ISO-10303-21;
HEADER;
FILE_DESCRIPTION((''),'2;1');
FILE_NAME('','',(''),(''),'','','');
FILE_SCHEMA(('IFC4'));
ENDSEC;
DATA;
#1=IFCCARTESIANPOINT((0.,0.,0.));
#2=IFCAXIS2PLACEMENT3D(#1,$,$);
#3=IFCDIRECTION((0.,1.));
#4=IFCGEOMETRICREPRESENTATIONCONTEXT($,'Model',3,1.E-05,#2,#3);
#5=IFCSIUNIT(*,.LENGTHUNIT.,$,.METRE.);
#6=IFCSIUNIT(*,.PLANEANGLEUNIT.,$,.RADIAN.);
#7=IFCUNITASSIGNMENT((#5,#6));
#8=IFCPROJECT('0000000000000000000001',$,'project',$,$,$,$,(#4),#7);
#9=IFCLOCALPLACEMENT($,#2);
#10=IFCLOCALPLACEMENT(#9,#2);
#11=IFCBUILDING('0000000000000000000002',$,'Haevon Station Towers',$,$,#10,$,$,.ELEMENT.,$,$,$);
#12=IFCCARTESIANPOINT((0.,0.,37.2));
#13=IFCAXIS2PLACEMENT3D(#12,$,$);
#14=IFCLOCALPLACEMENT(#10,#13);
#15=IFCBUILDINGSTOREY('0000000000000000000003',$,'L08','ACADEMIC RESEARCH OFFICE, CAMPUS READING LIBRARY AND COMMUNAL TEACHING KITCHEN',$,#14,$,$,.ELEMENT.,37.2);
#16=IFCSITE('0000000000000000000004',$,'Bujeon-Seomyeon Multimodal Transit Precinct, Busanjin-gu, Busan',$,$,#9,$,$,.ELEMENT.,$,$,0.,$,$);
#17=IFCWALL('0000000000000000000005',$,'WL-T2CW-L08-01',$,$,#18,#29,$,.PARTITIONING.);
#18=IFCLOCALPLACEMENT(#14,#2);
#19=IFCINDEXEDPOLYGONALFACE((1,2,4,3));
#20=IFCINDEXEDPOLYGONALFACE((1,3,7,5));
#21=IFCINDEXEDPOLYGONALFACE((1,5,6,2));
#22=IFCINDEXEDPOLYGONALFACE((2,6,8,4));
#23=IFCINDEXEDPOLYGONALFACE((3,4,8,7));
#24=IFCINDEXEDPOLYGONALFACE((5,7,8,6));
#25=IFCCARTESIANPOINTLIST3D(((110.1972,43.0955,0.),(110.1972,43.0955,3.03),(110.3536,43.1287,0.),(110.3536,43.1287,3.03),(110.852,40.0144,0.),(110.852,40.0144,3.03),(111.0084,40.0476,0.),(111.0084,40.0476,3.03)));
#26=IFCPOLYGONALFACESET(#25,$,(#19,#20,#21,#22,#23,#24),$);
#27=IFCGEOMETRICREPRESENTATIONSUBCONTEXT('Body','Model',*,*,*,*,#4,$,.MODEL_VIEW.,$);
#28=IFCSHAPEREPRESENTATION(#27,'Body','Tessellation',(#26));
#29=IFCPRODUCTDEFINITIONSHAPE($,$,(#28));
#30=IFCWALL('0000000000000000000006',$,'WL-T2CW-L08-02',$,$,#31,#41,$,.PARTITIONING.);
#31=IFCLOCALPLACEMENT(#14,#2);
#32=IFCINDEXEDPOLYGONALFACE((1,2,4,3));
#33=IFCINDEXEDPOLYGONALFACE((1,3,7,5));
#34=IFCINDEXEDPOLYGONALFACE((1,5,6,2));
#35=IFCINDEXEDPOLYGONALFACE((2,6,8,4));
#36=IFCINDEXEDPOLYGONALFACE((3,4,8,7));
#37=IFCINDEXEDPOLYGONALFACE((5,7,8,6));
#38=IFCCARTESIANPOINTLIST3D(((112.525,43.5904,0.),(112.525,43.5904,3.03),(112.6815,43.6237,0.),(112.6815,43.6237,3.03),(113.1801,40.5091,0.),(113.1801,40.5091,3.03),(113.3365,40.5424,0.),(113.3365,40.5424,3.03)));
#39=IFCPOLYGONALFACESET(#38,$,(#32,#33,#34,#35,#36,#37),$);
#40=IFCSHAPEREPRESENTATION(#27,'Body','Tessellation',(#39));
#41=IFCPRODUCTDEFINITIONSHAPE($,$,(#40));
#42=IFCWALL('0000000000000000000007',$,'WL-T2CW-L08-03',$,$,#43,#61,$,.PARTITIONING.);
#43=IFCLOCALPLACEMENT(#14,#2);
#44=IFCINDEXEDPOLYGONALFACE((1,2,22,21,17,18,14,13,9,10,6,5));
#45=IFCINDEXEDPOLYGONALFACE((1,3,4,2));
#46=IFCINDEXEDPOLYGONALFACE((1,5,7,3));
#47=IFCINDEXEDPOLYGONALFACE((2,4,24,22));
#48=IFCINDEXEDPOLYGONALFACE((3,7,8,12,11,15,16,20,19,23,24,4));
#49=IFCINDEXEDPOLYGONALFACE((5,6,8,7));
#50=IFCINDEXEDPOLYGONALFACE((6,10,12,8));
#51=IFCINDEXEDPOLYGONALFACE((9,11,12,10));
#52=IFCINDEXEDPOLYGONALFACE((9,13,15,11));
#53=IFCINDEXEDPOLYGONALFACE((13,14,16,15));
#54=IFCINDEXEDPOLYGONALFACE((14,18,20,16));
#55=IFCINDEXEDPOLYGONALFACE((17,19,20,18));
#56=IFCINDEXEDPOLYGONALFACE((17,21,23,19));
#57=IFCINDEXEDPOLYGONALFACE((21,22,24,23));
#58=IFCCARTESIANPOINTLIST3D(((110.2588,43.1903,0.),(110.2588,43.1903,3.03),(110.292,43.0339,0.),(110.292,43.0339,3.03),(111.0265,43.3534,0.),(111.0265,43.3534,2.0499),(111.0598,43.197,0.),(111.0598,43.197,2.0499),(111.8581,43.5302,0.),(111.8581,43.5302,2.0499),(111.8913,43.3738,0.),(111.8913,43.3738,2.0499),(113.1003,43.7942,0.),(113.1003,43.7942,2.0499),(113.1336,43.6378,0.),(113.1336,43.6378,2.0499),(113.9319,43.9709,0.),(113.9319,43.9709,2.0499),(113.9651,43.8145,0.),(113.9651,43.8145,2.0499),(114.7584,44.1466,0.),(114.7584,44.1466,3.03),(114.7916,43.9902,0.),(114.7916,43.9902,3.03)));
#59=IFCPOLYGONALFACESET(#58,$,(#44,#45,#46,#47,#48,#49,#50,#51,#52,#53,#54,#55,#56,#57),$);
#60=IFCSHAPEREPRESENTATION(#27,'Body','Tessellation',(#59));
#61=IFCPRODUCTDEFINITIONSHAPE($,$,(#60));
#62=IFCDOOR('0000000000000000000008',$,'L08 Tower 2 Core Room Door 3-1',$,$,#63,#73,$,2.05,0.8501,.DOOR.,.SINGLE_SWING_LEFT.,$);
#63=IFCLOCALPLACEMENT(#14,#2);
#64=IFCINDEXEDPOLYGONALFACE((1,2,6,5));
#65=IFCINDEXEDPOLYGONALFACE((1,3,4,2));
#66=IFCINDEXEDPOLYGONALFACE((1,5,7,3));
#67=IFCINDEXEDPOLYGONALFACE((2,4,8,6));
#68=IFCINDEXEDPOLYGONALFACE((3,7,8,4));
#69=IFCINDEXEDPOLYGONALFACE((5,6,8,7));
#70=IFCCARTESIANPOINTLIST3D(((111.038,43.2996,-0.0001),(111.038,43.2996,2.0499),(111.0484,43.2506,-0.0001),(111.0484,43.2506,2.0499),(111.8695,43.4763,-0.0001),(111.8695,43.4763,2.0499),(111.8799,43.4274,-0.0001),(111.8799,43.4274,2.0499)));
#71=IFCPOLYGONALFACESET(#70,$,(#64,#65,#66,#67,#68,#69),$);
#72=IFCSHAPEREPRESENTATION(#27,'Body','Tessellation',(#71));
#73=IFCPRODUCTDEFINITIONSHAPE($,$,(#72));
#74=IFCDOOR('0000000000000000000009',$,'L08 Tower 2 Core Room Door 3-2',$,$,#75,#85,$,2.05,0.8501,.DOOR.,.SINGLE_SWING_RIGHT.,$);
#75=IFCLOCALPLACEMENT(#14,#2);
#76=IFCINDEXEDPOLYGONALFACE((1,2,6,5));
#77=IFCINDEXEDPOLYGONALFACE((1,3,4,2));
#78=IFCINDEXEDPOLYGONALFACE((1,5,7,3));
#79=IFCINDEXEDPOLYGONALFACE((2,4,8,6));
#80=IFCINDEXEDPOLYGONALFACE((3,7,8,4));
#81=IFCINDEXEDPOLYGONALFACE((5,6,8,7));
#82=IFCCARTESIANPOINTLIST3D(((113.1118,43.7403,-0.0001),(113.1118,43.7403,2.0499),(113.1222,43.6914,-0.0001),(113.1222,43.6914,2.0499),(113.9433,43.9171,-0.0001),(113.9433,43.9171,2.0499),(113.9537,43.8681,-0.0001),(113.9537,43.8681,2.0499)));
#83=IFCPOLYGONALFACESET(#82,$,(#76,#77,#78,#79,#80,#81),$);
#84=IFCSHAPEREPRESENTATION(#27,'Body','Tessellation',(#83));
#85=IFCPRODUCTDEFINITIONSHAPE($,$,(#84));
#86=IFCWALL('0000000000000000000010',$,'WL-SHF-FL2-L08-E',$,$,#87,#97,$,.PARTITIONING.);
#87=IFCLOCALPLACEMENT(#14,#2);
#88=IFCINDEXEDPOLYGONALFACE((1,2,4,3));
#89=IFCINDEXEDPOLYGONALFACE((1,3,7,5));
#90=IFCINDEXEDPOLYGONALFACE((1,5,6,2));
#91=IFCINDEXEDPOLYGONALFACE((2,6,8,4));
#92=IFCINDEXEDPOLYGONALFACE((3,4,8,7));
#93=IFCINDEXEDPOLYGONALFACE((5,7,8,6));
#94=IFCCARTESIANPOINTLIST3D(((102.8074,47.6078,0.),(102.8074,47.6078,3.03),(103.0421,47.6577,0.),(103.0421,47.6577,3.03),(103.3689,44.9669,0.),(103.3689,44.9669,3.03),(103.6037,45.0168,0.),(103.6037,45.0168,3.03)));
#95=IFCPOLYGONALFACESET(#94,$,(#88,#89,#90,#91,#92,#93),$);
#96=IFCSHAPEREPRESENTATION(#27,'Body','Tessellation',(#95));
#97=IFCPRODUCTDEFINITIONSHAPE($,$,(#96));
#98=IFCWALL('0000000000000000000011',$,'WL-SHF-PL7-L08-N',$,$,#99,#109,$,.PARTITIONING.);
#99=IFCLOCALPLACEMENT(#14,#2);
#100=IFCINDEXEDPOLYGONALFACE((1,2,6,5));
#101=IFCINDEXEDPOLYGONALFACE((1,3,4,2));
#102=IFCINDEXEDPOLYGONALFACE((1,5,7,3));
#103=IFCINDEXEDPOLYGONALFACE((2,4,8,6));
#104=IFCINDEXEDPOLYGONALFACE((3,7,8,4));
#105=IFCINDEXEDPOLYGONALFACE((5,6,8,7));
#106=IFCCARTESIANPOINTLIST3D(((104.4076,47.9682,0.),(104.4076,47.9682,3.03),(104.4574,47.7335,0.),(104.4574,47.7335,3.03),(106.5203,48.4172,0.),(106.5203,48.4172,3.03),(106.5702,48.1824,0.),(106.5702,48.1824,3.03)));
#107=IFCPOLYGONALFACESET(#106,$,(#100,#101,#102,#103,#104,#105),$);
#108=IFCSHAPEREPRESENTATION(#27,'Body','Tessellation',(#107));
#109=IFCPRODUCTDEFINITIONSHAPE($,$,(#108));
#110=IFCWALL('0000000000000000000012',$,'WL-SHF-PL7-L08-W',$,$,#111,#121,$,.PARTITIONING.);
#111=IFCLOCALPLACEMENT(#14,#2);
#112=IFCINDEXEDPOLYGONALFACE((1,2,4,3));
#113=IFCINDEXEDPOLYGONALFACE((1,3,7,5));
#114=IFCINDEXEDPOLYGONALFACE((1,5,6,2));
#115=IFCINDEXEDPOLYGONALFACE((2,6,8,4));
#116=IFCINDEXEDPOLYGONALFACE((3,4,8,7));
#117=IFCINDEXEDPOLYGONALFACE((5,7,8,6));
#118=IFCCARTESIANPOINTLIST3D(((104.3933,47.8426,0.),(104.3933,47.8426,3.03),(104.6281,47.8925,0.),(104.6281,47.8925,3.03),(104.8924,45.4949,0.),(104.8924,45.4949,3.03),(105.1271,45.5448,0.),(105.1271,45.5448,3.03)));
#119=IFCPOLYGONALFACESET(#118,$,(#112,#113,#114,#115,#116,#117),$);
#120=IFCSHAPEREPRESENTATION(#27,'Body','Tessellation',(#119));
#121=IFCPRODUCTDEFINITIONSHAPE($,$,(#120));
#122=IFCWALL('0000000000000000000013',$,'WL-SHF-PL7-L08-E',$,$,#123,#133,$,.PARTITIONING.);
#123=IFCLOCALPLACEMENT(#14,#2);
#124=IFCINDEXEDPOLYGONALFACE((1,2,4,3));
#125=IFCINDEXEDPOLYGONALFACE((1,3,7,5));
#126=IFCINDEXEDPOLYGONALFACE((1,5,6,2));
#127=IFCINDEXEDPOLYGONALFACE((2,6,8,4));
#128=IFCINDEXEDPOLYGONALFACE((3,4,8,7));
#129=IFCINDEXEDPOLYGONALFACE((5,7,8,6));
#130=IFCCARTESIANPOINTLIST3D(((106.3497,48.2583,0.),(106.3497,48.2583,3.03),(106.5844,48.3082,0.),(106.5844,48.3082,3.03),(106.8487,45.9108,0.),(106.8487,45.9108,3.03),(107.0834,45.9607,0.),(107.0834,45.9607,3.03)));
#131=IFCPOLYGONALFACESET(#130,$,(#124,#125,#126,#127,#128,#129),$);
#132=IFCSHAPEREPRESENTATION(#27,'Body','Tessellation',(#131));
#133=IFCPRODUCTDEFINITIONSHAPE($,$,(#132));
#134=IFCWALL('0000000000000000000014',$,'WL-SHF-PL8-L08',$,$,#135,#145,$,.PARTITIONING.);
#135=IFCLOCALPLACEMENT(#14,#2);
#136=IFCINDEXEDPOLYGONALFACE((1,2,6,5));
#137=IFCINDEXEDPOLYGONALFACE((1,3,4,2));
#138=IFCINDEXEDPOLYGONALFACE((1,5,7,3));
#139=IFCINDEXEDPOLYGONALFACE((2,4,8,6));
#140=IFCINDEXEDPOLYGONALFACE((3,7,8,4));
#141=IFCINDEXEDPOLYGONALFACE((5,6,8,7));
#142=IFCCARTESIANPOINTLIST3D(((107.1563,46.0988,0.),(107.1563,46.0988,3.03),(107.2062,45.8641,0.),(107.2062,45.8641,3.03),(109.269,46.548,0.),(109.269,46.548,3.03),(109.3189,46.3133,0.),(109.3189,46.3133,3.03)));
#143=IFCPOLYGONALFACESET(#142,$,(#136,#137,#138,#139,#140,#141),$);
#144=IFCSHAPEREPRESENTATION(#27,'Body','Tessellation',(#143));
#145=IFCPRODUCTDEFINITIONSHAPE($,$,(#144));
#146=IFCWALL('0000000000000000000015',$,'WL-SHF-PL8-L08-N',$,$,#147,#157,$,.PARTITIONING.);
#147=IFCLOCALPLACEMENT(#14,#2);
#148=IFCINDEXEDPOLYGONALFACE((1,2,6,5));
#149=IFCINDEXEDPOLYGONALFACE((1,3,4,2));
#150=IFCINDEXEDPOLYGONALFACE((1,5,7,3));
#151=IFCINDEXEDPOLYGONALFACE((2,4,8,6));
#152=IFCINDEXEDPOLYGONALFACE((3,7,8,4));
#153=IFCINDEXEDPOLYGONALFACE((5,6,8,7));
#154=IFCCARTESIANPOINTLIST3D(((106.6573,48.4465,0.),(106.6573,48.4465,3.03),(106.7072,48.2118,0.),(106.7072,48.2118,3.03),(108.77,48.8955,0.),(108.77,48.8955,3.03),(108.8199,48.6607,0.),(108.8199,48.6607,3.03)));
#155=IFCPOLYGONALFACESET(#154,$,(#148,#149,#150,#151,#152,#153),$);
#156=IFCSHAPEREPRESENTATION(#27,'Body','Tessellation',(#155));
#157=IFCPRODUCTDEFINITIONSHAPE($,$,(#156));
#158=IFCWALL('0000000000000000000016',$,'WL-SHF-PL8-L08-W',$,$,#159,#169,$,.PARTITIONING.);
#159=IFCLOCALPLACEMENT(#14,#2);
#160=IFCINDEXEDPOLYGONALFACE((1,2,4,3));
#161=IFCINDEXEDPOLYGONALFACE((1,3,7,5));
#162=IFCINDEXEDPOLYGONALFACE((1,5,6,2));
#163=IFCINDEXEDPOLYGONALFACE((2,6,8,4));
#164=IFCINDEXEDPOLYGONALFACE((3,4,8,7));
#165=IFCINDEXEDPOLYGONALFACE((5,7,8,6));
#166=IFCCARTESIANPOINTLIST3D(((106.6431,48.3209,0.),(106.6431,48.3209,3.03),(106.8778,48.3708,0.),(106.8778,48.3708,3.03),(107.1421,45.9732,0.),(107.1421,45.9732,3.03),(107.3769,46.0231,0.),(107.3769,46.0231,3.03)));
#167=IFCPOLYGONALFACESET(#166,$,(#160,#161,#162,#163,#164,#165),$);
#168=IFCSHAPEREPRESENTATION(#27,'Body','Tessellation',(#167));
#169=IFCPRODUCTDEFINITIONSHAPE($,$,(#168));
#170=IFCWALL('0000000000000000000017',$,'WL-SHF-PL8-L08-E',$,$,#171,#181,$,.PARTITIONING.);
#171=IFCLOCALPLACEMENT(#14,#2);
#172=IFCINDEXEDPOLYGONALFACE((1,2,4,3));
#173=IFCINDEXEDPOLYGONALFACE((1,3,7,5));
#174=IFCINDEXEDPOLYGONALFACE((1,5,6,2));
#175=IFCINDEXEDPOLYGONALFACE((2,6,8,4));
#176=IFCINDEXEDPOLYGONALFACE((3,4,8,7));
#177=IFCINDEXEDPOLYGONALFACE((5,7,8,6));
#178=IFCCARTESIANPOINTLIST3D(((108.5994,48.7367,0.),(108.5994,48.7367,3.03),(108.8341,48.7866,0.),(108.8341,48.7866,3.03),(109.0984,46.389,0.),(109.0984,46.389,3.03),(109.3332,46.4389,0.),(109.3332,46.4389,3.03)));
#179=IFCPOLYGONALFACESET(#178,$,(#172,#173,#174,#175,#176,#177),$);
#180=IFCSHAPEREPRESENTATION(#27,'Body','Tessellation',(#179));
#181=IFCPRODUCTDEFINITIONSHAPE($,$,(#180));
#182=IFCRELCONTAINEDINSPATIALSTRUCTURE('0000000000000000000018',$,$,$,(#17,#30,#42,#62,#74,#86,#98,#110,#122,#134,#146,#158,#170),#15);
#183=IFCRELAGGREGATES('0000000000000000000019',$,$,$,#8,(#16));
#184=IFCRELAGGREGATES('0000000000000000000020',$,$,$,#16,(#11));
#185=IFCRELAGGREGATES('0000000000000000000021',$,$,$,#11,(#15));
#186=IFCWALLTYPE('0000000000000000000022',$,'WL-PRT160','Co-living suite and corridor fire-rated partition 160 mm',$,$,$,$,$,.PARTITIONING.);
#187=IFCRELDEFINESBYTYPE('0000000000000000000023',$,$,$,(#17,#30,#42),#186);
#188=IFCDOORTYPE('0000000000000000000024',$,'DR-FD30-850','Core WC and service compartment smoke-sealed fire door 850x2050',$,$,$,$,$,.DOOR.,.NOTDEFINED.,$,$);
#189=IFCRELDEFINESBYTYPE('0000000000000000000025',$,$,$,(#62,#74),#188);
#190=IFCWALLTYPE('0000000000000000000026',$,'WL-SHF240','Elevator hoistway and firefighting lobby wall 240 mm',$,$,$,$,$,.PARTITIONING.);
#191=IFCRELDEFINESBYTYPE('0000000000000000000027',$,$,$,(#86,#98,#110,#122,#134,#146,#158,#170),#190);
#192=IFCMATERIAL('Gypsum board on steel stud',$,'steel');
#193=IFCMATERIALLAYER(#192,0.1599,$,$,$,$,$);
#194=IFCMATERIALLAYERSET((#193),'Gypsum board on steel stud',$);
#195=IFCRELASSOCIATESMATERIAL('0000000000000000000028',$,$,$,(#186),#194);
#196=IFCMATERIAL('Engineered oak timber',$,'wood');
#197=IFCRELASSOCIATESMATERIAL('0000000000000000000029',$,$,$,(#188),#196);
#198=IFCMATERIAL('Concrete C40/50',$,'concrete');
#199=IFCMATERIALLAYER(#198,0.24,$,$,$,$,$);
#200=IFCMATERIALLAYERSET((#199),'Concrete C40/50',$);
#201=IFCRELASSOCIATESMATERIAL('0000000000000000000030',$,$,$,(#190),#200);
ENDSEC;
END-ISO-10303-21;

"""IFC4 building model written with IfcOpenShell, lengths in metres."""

from ifc_helpers import new_model, si_unit, direction, frame, frame_2d, origin, place, context, subcontext, project, spatial, rectangle, extrude, material, layer, layer_set, type_object, element, fill, save


model = new_model("IFC4")

# Units and contexts
model_context = context("Model", 3, precision=1e-05, world=origin(), true_north=direction((0.0, 1.0)))
body_context = subcontext(model_context, "Body", "Model", "MODEL_VIEW")
ifc_project = project(units=[si_unit("LENGTHUNIT", "METRE"), si_unit("PLANEANGLEUNIT", "RADIAN")], contexts=[model_context])

# Site, building, storey
site_placement = place(None, origin())
site = spatial("IfcSite", under=ifc_project, at=site_placement, Name="Bujeon-Seomyeon Multimodal Transit Precinct, Busanjin-gu, Busan", CompositionType="ELEMENT", RefElevation=0.0)
building_placement = place(site_placement, origin())
building = spatial("IfcBuilding", under=site, at=building_placement, Name="Haevon Station Towers", CompositionType="ELEMENT")
storey_placement = place(building_placement, frame((0.0, 0.0, 37.2)))
storey = spatial("IfcBuildingStorey", under=building, at=storey_placement, Name="L08", Description="ACADEMIC RESEARCH OFFICE, CAMPUS READING LIBRARY AND COMMUNAL TEACHING KITCHEN", CompositionType="ELEMENT", Elevation=37.2)

# Shared definitions
ifc_material_1 = material(Name="Gypsum board on steel stud", Category="steel")
ifc_material_2 = material(Name="Engineered oak timber", Category="wood")

# Walls
ifc_layer_1 = layer(ifc_material_1, 0.1599)
ifc_layer_set_1 = layer_set([ifc_layer_1], Name="Gypsum board on steel stud")
wall_type_1 = type_object("IfcWallType", Name="WL-PRT160", Description="Co-living suite and corridor fire-rated partition 160 mm", PredefinedType="PARTITIONING", material=ifc_layer_set_1)
wall_1_placement = place(storey_placement, frame((110.9302, 40.031, 0.0), z_axis=(0.0, 0.0, 1.0), x_axis=(-0.207877, 0.978155, 0.0)))
element("IfcWall", 1, at=wall_1_placement, inside=storey, type_object=wall_type_1, Name="WL-T2CW-L08-01", PredefinedType="PARTITIONING", context=body_context, shape_type="SweptSolid", body=[
    extrude(rectangle(XDim=3.1499, YDim=0.1599, at=frame_2d((1.575, 0.0))), origin(), (0.0, 0.0, 1.0), 3.03),
])
wall_2_placement = place(storey_placement, frame((113.2583, 40.5256, 0.0), z_axis=(0.0, 0.0, 1.0), x_axis=(-0.207936, 0.978142, 0.0)))
element("IfcWall", 2, at=wall_2_placement, inside=storey, type_object=wall_type_1, Name="WL-T2CW-L08-02", PredefinedType="PARTITIONING", context=body_context, shape_type="SweptSolid", body=[
    extrude(rectangle(XDim=3.1501, YDim=0.1599, at=frame_2d((1.5752, 0.0))), origin(), (0.0, 0.0, 1.0), 3.03),
])

# Wall, openings, doors
wall_3_placement = place(storey_placement, frame((110.2754, 43.1121, 0.0), z_axis=(0.0, 0.0, 1.0), x_axis=(0.978152, 0.20789, 0.0)))
wall_3 = element("IfcWall", 3, at=wall_3_placement, inside=storey, type_object=wall_type_1, Name="WL-T2CW-L08-03", PredefinedType="PARTITIONING", context=body_context, shape_type="SweptSolid", body=[
    extrude(rectangle(XDim=4.6001, YDim=0.1599, at=frame_2d((2.3, 0.0))), origin(), (0.0, 0.0, 1.0), 3.03),
])
opening_1_placement = place(wall_3_placement, frame((0.7849, 0.0, 0.0)))
opening_1 = element("IfcOpeningElement", 4, at=opening_1_placement, cuts=wall_3, PredefinedType="OPENING", context=body_context, shape_type="SweptSolid", body=[
    extrude(rectangle(XDim=0.8501, YDim=2.05, at=frame_2d((0.425, 1.0249))), frame((0.0, 0.0898, 0.0), z_axis=(0.0, -1.0, 0.0), x_axis=(1.0, 0.0, 0.0)), (0.0, 0.0, 1.0), 0.1799),
])
opening_2_placement = place(wall_3_placement, frame((2.905, 0.0, 0.0)))
opening_2 = element("IfcOpeningElement", 5, at=opening_2_placement, cuts=wall_3, PredefinedType="OPENING", context=body_context, shape_type="SweptSolid", body=[
    extrude(rectangle(XDim=0.8501, YDim=2.05, at=frame_2d((0.425, 1.0249))), frame((0.0, 0.0898, 0.0), z_axis=(0.0, -1.0, 0.0), x_axis=(1.0, 0.0, 0.0)), (0.0, 0.0, 1.0), 0.1799),
])
door_type_1 = type_object("IfcDoorType", Name="DR-FD30-850", Description="Core WC and service compartment smoke-sealed fire door 850x2050", OperationType="NOTDEFINED", PredefinedType="DOOR", material=ifc_material_2)
door_1_placement = place(opening_1_placement, origin())
door_1 = element("IfcDoor", 6, at=door_1_placement, inside=storey, type_object=door_type_1, Name="L08 Tower 2 Core Room Door 3-1", OperationType="SINGLE_SWING_LEFT", OverallHeight=2.05, OverallWidth=0.8501, PredefinedType="DOOR", context=body_context, shape_type="SweptSolid", body=[
    extrude(rectangle(XDim=0.8501, YDim=2.05, at=frame_2d((0.425, 1.0249))), frame((0.0, 0.0249, 0.0), z_axis=(0.0, -1.0, 0.0), x_axis=(1.0, 0.0, 0.0)), (0.0, 0.0, 1.0), 0.05),
])
fill(opening_1, door_1)
door_2_placement = place(opening_2_placement, origin())
door_2 = element("IfcDoor", 7, at=door_2_placement, inside=storey, type_object=door_type_1, Name="L08 Tower 2 Core Room Door 3-2", OperationType="SINGLE_SWING_RIGHT", OverallHeight=2.05, OverallWidth=0.8501, PredefinedType="DOOR", context=body_context, shape_type="SweptSolid", body=[
    extrude(rectangle(XDim=0.8501, YDim=2.05, at=frame_2d((0.425, 1.0249))), frame((0.0, 0.0249, 0.0), z_axis=(0.0, -1.0, 0.0), x_axis=(1.0, 0.0, 0.0)), (0.0, 0.0, 1.0), 0.05),
])
fill(opening_2, door_2)

# Wall
ifc_material_3 = material(Name="Concrete C40/50", Category="concrete")
ifc_layer_2 = layer(ifc_material_3, 0.24)
ifc_layer_set_2 = layer_set([ifc_layer_2], Name="Concrete C40/50")
wall_type_2 = type_object("IfcWallType", Name="WL-SHF240", Description="Elevator hoistway and firefighting lobby wall 240 mm", PredefinedType="PARTITIONING", material=ifc_layer_set_2)
wall_4_placement = place(storey_placement, frame((103.4863, 44.9917, 0.0), z_axis=(0.0, 0.0, 1.0), x_axis=(-0.207979, 0.978133, 0.0)))
element("IfcWall", 8, at=wall_4_placement, inside=storey, type_object=wall_type_2, Name="WL-SHF-FL2-L08-E", PredefinedType="PARTITIONING", context=body_context, shape_type="SweptSolid", body=[
    extrude(rectangle(XDim=2.7, YDim=0.24, at=frame_2d((1.3501, 0.0))), origin(), (0.0, 0.0, 1.0), 3.03),
])

# Walls
wall_5_placement = place(storey_placement, frame((104.4324, 47.8508, 0.0), z_axis=(0.0, 0.0, 1.0), x_axis=(0.978158, 0.207861, 0.0)))
element("IfcWall", 9, at=wall_5_placement, inside=storey, type_object=wall_type_2, Name="WL-SHF-PL7-L08-N", PredefinedType="PARTITIONING", context=body_context, shape_type="SweptSolid", body=[
    extrude(rectangle(XDim=2.1599, YDim=0.24, at=frame_2d((1.0801, 0.0))), origin(), (0.0, 0.0, 1.0), 3.03),
])
wall_6_placement = place(storey_placement, frame((105.0098, 45.5198, 0.0), z_axis=(0.0, 0.0, 1.0), x_axis=(-0.207917, 0.978146, 0.0)))
element("IfcWall", 10, at=wall_6_placement, inside=storey, type_object=wall_type_2, Name="WL-SHF-PL7-L08-W", PredefinedType="PARTITIONING", context=body_context, shape_type="SweptSolid", body=[
    extrude(rectangle(XDim=2.4001, YDim=0.24, at=frame_2d((1.2002, 0.0))), origin(), (0.0, 0.0, 1.0), 3.03),
])
wall_7_placement = place(storey_placement, frame((106.9661, 45.9358, 0.0), z_axis=(0.0, 0.0, 1.0), x_axis=(-0.207938, 0.978142, 0.0)))
element("IfcWall", 11, at=wall_7_placement, inside=storey, type_object=wall_type_2, Name="WL-SHF-PL7-L08-E", PredefinedType="PARTITIONING", context=body_context, shape_type="SweptSolid", body=[
    extrude(rectangle(XDim=2.3999, YDim=0.24, at=frame_2d((1.2, 0.0))), origin(), (0.0, 0.0, 1.0), 3.03),
])
for number, where, z_axis, x_axis, name in (
    (12, (107.1812, 45.9814, 0.0), (0.0, 0.0, 1.0), (0.978135, 0.20797, 0.0), "WL-SHF-PL8-L08"),
    (13, (106.6821, 48.3291, 0.0), (0.0, 0.0, 1.0), (0.978158, 0.207861, 0.0), "WL-SHF-PL8-L08-N"),
):
    element("IfcWall", number, at=place(storey_placement, frame(where, z_axis=z_axis, x_axis=x_axis)), inside=storey, type_object=wall_type_2, Name=name, PredefinedType="PARTITIONING", context=body_context, shape_type="SweptSolid", body=[
        extrude(rectangle(XDim=2.1599, YDim=0.24, at=frame_2d((1.0801, 0.0))), origin(), (0.0, 0.0, 1.0), 3.03),
    ])
for number, where, z_axis, x_axis, name in (
    (14, (107.2595, 45.998, 0.0), (0.0, 0.0, 1.0), (-0.207917, 0.978146, 0.0), "WL-SHF-PL8-L08-W"),
    (15, (109.2158, 46.4138, 0.0), (0.0, 0.0, 1.0), (-0.207917, 0.978146, 0.0), "WL-SHF-PL8-L08-E"),
):
    element("IfcWall", number, at=place(storey_placement, frame(where, z_axis=z_axis, x_axis=x_axis)), inside=storey, type_object=wall_type_2, Name=name, PredefinedType="PARTITIONING", context=body_context, shape_type="SweptSolid", body=[
        extrude(rectangle(XDim=2.4001, YDim=0.24, at=frame_2d((1.2002, 0.0))), origin(), (0.0, 0.0, 1.0), 3.03),
    ])

save(model, "model.ifc")
